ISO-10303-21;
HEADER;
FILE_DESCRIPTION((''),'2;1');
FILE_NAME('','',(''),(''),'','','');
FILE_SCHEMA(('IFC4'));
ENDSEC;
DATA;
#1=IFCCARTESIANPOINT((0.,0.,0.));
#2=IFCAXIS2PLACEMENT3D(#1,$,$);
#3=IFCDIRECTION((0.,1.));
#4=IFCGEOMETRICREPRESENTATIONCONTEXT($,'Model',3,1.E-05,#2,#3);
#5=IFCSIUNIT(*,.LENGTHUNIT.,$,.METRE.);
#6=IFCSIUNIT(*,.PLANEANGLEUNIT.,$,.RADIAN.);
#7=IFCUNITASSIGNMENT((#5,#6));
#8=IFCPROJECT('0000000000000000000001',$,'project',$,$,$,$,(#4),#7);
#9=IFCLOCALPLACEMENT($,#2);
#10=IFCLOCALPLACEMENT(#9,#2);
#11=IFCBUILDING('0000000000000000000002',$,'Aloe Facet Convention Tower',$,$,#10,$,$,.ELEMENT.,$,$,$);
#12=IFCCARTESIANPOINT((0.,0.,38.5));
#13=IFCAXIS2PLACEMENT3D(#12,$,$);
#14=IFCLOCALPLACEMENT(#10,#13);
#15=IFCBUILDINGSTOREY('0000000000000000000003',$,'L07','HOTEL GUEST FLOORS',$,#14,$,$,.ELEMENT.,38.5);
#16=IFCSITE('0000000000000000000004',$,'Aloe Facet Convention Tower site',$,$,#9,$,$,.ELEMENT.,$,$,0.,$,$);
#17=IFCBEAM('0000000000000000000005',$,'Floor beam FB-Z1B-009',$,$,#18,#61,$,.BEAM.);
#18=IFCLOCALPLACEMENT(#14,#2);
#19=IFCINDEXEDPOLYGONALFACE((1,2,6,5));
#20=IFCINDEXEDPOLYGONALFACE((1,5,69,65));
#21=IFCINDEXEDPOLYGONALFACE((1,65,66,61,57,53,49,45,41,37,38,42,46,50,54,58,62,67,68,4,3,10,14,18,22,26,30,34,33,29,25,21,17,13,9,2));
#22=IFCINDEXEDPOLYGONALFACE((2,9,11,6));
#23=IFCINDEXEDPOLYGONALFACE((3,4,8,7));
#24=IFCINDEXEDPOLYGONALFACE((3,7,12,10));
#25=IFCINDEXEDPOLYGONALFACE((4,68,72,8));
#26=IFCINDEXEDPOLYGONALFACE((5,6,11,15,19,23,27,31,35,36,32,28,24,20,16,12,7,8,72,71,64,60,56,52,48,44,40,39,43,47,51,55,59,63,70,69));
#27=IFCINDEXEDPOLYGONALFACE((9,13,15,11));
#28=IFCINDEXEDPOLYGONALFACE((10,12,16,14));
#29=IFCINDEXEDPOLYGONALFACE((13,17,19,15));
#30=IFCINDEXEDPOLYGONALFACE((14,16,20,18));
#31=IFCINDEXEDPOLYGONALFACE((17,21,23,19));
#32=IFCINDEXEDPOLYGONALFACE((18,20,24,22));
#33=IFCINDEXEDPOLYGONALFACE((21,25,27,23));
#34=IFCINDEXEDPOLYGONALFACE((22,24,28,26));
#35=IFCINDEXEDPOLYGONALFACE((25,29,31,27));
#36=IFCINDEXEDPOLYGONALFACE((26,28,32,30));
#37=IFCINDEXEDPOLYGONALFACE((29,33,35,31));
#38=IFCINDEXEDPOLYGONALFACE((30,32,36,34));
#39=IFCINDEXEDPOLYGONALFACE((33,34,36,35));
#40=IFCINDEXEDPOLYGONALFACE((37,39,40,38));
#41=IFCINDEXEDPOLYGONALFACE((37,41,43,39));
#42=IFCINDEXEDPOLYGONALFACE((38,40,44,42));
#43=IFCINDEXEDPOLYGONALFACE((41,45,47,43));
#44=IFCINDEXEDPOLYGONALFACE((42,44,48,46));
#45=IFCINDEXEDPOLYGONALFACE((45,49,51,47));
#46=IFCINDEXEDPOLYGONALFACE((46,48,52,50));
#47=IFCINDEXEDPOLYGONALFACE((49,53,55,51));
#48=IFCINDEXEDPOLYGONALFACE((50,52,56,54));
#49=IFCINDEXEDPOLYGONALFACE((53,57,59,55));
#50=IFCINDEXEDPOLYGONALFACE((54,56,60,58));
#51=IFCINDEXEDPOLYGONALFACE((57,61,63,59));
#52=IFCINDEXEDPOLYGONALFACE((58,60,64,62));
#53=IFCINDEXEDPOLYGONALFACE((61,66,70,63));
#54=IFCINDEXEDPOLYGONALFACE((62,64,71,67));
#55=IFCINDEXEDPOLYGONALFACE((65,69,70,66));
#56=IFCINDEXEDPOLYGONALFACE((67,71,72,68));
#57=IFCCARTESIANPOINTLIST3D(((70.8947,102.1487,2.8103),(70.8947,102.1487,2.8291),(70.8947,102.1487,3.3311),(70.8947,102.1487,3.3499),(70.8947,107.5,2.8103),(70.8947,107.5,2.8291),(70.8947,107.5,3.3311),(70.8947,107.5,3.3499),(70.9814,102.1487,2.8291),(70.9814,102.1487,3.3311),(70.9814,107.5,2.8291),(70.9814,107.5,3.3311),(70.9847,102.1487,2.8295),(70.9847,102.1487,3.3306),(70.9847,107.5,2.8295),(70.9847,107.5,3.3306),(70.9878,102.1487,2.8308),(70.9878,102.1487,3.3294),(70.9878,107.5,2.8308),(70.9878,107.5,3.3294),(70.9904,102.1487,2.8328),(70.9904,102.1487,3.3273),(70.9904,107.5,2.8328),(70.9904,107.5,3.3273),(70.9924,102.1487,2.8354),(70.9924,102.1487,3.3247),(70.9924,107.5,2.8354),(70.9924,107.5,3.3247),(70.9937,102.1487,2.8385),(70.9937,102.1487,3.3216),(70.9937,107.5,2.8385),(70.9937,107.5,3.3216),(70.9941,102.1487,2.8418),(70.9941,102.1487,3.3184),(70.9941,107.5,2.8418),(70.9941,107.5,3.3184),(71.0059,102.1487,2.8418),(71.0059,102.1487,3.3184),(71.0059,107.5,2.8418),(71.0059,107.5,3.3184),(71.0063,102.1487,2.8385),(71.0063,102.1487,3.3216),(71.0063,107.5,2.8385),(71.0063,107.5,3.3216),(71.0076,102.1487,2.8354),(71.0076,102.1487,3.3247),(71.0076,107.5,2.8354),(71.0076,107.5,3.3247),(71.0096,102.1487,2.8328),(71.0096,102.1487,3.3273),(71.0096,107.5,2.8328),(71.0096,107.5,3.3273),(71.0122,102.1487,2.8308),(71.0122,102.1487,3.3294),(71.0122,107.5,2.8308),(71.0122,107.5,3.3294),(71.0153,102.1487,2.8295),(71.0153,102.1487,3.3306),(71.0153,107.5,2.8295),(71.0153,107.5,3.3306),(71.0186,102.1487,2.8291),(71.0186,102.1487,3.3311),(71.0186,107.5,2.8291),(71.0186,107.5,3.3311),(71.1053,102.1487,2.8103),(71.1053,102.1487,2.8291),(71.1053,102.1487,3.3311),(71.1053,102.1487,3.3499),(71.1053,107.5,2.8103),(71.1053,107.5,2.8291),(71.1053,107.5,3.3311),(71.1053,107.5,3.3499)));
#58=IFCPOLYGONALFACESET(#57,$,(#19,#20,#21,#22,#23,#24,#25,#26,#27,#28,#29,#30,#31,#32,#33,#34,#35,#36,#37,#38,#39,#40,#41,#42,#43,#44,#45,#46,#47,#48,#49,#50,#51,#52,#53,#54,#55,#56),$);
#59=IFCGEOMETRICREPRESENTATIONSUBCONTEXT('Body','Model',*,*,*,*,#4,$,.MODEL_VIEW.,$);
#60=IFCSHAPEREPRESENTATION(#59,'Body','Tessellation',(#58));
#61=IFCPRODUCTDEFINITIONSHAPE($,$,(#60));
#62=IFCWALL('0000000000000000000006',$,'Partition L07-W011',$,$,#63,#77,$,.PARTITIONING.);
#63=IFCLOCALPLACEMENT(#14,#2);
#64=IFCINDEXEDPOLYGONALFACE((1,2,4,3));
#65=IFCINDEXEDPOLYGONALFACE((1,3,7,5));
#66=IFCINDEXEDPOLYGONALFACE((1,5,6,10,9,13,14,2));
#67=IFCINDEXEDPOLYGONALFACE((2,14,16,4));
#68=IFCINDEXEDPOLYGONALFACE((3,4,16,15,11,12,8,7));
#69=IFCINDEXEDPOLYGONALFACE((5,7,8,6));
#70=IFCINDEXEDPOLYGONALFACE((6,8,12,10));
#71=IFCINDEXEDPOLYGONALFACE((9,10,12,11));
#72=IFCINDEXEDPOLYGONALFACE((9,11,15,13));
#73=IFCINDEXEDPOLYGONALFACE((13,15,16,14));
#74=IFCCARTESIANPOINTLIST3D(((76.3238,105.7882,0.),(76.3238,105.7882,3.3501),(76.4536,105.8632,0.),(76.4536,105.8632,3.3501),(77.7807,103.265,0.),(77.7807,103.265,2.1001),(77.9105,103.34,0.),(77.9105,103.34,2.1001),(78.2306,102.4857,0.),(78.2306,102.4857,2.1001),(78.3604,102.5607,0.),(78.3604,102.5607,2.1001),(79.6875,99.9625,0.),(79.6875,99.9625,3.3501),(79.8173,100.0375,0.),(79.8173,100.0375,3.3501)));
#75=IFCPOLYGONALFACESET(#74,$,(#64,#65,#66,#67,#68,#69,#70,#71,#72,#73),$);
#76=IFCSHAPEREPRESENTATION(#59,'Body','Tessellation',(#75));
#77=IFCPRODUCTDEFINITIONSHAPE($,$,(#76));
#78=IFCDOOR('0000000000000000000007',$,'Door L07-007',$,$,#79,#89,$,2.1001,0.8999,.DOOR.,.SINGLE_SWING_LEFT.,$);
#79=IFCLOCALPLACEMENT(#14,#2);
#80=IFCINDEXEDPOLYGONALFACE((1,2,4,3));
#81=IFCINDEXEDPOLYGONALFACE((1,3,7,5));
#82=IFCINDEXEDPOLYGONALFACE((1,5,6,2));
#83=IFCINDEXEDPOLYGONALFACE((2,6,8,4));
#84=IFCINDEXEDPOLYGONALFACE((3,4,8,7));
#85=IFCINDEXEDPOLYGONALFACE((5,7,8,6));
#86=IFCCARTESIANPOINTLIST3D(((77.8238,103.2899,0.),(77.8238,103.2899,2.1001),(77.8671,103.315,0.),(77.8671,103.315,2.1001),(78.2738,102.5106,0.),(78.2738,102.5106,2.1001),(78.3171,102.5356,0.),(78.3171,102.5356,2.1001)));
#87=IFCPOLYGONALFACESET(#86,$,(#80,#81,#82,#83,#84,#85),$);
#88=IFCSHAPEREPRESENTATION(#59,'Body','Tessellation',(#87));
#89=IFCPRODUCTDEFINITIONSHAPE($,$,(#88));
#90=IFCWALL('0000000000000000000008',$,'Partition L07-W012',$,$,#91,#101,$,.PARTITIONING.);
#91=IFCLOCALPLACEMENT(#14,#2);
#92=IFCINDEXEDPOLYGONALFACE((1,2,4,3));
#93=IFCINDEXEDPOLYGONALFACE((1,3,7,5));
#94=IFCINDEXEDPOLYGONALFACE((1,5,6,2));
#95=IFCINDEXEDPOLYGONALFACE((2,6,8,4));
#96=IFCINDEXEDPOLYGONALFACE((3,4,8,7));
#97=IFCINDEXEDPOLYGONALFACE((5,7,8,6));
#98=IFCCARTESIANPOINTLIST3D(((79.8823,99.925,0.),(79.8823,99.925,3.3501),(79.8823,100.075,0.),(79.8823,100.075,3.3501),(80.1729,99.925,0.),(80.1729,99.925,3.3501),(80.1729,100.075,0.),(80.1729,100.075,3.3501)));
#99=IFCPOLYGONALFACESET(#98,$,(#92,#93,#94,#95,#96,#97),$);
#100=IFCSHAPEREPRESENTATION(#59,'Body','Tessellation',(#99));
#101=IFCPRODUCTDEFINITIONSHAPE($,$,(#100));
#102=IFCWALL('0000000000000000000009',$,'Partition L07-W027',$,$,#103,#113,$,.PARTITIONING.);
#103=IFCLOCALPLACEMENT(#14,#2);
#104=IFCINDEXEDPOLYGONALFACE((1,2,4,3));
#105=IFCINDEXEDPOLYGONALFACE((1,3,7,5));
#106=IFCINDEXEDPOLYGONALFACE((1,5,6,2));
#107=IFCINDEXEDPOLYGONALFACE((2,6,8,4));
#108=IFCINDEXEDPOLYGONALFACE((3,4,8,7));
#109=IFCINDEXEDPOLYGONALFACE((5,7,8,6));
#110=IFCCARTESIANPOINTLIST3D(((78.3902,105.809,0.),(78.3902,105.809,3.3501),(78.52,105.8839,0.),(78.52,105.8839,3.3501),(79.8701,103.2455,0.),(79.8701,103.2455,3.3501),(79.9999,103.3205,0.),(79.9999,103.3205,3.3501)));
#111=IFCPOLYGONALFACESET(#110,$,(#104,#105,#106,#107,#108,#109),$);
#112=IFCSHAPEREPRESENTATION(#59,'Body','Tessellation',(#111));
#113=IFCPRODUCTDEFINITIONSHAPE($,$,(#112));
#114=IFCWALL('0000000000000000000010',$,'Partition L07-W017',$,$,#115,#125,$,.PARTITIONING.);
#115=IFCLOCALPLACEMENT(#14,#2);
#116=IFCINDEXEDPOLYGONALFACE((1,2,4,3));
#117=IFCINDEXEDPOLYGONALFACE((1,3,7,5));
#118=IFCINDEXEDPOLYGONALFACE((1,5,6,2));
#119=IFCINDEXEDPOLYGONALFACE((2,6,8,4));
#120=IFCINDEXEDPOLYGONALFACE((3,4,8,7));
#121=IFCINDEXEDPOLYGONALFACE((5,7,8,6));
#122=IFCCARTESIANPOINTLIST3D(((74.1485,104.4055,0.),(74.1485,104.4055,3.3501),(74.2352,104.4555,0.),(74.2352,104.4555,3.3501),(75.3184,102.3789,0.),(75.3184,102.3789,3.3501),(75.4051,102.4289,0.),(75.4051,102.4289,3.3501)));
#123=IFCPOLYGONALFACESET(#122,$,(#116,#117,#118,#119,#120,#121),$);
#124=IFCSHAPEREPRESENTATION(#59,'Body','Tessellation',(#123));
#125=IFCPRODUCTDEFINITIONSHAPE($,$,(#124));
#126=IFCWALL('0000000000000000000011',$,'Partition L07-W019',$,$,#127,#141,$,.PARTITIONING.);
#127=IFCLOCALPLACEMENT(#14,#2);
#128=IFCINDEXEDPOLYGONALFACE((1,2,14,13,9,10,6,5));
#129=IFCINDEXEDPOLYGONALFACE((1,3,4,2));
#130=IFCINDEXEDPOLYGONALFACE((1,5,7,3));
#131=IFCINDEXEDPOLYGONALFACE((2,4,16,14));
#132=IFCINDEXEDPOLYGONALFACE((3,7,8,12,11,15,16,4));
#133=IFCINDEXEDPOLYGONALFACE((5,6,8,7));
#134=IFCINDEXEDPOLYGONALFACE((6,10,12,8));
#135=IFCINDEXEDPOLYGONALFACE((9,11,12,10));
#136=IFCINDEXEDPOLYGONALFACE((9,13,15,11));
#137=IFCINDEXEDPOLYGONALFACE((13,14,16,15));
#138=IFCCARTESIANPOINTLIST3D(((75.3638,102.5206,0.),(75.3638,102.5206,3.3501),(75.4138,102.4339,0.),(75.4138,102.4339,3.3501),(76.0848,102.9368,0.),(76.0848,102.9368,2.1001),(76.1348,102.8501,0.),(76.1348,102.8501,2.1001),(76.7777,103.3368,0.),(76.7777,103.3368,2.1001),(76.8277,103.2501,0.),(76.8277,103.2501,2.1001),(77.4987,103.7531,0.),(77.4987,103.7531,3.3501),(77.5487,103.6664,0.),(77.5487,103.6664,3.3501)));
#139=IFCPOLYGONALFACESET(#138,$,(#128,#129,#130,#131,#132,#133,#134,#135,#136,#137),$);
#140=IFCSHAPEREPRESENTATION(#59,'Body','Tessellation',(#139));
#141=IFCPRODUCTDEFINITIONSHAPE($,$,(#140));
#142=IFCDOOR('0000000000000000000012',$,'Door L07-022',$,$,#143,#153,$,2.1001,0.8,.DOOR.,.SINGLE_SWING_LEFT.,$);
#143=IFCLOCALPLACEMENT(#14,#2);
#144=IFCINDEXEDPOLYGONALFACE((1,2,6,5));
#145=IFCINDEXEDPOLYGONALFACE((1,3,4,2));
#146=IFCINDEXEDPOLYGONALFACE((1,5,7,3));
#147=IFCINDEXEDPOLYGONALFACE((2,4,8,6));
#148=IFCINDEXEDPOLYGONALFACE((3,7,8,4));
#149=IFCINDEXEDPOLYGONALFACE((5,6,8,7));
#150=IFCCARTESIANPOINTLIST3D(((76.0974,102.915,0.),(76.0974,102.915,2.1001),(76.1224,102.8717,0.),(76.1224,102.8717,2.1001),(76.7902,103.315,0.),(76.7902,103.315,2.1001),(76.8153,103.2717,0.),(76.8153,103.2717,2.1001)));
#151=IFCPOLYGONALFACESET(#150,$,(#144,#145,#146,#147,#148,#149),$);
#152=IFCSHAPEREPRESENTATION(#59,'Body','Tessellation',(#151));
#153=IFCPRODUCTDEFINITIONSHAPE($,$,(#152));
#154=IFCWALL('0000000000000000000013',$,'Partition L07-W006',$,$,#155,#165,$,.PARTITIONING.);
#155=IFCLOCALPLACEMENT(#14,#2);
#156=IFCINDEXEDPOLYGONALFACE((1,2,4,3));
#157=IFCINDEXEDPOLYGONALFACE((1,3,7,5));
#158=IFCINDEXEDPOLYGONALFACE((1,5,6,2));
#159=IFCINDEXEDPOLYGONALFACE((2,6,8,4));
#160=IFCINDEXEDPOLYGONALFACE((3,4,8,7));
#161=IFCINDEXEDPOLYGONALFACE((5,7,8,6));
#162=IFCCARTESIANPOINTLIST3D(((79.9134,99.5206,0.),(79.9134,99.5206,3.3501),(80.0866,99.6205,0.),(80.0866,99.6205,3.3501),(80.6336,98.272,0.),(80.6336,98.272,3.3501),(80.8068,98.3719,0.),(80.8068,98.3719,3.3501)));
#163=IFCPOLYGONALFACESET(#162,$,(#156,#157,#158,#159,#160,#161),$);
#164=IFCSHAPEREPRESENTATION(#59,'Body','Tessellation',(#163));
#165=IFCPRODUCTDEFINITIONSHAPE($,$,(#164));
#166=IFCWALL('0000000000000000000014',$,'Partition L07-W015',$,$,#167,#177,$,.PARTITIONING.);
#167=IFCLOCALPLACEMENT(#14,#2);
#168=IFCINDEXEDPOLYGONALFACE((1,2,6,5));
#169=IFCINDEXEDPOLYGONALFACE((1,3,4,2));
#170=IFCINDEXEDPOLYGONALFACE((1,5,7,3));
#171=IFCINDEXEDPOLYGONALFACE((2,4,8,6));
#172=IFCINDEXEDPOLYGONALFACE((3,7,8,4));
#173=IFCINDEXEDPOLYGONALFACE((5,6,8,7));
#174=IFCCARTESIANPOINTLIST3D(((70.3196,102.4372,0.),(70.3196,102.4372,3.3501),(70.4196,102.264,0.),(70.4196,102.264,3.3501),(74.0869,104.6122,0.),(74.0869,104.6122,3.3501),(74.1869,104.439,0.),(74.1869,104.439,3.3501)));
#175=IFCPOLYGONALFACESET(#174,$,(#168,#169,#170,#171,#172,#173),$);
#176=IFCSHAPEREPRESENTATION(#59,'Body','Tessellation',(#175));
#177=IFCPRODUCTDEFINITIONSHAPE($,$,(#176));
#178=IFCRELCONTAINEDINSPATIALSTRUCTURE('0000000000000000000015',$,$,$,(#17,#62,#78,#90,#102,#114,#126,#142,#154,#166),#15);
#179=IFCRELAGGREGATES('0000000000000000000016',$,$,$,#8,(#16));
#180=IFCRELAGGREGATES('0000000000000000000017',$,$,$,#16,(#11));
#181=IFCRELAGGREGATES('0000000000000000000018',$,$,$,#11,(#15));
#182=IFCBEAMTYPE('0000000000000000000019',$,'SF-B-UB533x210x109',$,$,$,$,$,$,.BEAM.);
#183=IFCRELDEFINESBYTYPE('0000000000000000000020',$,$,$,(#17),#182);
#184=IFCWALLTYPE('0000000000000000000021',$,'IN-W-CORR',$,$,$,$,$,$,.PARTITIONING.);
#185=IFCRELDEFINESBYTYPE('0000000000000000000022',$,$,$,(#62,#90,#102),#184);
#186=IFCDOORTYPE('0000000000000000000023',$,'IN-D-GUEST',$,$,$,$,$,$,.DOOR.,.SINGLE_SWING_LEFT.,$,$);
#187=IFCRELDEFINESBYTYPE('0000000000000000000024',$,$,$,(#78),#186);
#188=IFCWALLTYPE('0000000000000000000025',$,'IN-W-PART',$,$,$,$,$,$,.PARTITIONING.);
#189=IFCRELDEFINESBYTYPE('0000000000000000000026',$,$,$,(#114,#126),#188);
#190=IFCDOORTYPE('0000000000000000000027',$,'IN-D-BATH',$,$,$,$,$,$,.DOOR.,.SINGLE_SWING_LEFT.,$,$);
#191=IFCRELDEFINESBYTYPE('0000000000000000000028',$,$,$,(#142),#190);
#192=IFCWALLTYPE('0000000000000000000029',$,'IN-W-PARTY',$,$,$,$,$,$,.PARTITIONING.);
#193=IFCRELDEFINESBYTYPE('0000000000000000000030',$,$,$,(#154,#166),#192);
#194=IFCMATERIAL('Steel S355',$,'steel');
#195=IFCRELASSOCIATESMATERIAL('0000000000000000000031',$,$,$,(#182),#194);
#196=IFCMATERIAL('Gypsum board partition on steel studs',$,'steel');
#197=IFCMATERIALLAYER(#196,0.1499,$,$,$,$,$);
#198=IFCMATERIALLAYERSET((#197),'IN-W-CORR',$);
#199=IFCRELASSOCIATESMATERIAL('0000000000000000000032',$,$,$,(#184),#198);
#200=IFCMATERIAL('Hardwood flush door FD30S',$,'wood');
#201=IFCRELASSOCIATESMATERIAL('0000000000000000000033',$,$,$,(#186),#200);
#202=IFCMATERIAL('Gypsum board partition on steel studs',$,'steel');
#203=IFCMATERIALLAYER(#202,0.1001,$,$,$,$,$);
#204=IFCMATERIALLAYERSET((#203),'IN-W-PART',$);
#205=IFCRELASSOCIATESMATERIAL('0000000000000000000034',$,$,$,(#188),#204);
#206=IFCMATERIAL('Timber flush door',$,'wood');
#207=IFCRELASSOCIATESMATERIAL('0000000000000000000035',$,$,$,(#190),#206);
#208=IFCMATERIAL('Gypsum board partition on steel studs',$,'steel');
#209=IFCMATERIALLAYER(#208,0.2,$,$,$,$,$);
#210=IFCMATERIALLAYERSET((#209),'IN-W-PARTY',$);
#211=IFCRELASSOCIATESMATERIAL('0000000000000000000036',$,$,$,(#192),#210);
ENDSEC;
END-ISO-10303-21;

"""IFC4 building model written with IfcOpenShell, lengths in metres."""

from ifc_helpers import new_model, si_unit, direction, frame, frame_2d, origin, origin_2d, place, context, subcontext, project, spatial, rectangle, i_section, extrude, material, layer, layer_set, material_profile, profile_set, type_object, element, fill, save


model = new_model("IFC4")

# Units and contexts
model_context = context("Model", 3, precision=1e-05, world=origin(), true_north=direction((0.0, 1.0)))
body_context = subcontext(model_context, "Body", "Model", "MODEL_VIEW")
ifc_project = project(units=[si_unit("LENGTHUNIT", "METRE"), si_unit("PLANEANGLEUNIT", "RADIAN")], contexts=[model_context])

# Site, building, storey
site_placement = place(None, origin())
site = spatial("IfcSite", under=ifc_project, at=site_placement, Name="Aloe Facet Convention Tower site", CompositionType="ELEMENT", RefElevation=0.0)
building_placement = place(site_placement, origin())
building = spatial("IfcBuilding", under=site, at=building_placement, Name="Aloe Facet Convention Tower", CompositionType="ELEMENT")
storey_placement = place(building_placement, frame((0.0, 0.0, 38.5)))
storey = spatial("IfcBuildingStorey", under=building, at=storey_placement, Name="L07", Description="HOTEL GUEST FLOORS", CompositionType="ELEMENT", Elevation=38.5)

# Beam
ifc_material_1 = material(Name="Steel S355", Category="steel")
ifc_material_profile_1 = material_profile(ifc_material_1, i_section(OverallWidth=0.2107, OverallDepth=0.5396, WebThickness=0.0117, FlangeThickness=0.0188, FilletRadius=0.0127, at=origin_2d()), Name="UB 533x210x109")
ifc_profile_set_1 = profile_set([ifc_material_profile_1], Name="Steel S355")
beam_type_1 = type_object("IfcBeamType", Name="SF-B-UB533x210x109", PredefinedType="BEAM", material=ifc_profile_set_1)
beam_1_placement = place(storey_placement, frame((71.0, 107.5, 3.0801), z_axis=(0.0, -1.0, 0.0), x_axis=(1.0, 0.0, 0.0)))
element("IfcBeam", 1, at=beam_1_placement, inside=storey, type_object=beam_type_1, Name="Floor beam FB-Z1B-009", PredefinedType="BEAM", context=body_context, shape_type="SweptSolid", body=[
    extrude(i_section(OverallWidth=0.2107, OverallDepth=0.5396, WebThickness=0.0117, FlangeThickness=0.0188, FilletRadius=0.0127, at=origin_2d()), origin(), (0.0, 0.0, 1.0), 5.3513),
])

# Wall, opening, door
ifc_material_2 = material(Name="Gypsum board partition on steel studs", Category="steel")
ifc_layer_1 = layer(ifc_material_2, 0.1499)
ifc_layer_set_1 = layer_set([ifc_layer_1], Name="IN-W-CORR")
wall_type_1 = type_object("IfcWallType", Name="IN-W-CORR", PredefinedType="PARTITIONING", material=ifc_layer_set_1)
wall_1_placement = place(storey_placement, frame((76.3887, 105.8257, 0.0), z_axis=(0.0, 0.0, 1.0), x_axis=(0.500035, -0.866005, 0.0)))
wall_1 = element("IfcWall", 2, at=wall_1_placement, inside=storey, type_object=wall_type_1, Name="Partition L07-W011", PredefinedType="PARTITIONING", context=body_context, shape_type="SweptSolid", body=[
    extrude(rectangle(XDim=6.7271, YDim=0.1499, at=frame_2d((3.3635, 0.0))), origin(), (0.0, 0.0, 1.0), 3.3501),
])
opening_1_placement = place(wall_1_placement, frame((2.9136, 0.0, 0.0)))
opening_1 = element("IfcOpeningElement", 3, at=opening_1_placement, cuts=wall_1, PredefinedType="OPENING", context=body_context, shape_type="SweptSolid", body=[
    extrude(rectangle(XDim=0.8999, YDim=2.1001, at=frame_2d((0.45, 1.05))), frame((0.0, 0.085, 0.0), z_axis=(0.0, -1.0, 0.0), x_axis=(1.0, 0.0, 0.0)), (0.0, 0.0, 1.0), 0.1699),
])
ifc_material_3 = material(Name="Hardwood flush door FD30S", Category="wood")
door_type_1 = type_object("IfcDoorType", Name="IN-D-GUEST", OperationType="SINGLE_SWING_LEFT", PredefinedType="DOOR", material=ifc_material_3)
door_1_placement = place(opening_1_placement, origin())
door_1 = element("IfcDoor", 4, at=door_1_placement, inside=storey, type_object=door_type_1, Name="Door L07-007", OperationType="SINGLE_SWING_LEFT", OverallHeight=2.1001, OverallWidth=0.8999, PredefinedType="DOOR", context=body_context, shape_type="SweptSolid", body=[
    extrude(rectangle(XDim=0.8999, YDim=2.1001, at=frame_2d((0.45, 1.05))), frame((0.0, 0.0249, 0.0), z_axis=(0.0, -1.0, 0.0), x_axis=(1.0, 0.0, 0.0)), (0.0, 0.0, 1.0), 0.05),
])
fill(opening_1, door_1)

# Walls
wall_2_placement = place(storey_placement, frame((79.8823, 100.0, 0.0), z_axis=(0.0, 0.0, 1.0), x_axis=(1.0, 0.0, 0.0)))
element("IfcWall", 5, at=wall_2_placement, inside=storey, type_object=wall_type_1, Name="Partition L07-W012", PredefinedType="PARTITIONING", context=body_context, shape_type="SweptSolid", body=[
    extrude(rectangle(XDim=0.2905, YDim=0.1499, at=frame_2d((0.1453, 0.0))), origin(), (0.0, 0.0, 1.0), 3.3501),
])
wall_3_placement = place(storey_placement, frame((78.4551, 105.8464, 0.0), z_axis=(0.0, 0.0, 1.0), x_axis=(0.499989, -0.866032, 0.0)))
element("IfcWall", 6, at=wall_3_placement, inside=storey, type_object=wall_type_1, Name="Partition L07-W027", PredefinedType="PARTITIONING", context=body_context, shape_type="SweptSolid", body=[
    extrude(rectangle(XDim=2.96, YDim=0.1499, at=frame_2d((1.48, 0.0))), origin(), (0.0, 0.0, 1.0), 3.3501),
])
ifc_material_4 = material(Name="Gypsum board partition on steel studs", Category="steel")
ifc_layer_2 = layer(ifc_material_4, 0.1001)
ifc_layer_set_2 = layer_set([ifc_layer_2], Name="IN-W-PART")
wall_type_2 = type_object("IfcWallType", Name="IN-W-PART", PredefinedType="PARTITIONING", material=ifc_layer_set_2)
wall_4_placement = place(storey_placement, frame((74.1919, 104.4304, 0.0), z_axis=(0.0, 0.0, 1.0), x_axis=(0.499954, -0.866052, 0.0)))
element("IfcWall", 7, at=wall_4_placement, inside=storey, type_object=wall_type_2, Name="Partition L07-W017", PredefinedType="PARTITIONING", context=body_context, shape_type="SweptSolid", body=[
    extrude(rectangle(XDim=2.3401, YDim=0.1001, at=frame_2d((1.1699, 0.0))), origin(), (0.0, 0.0, 1.0), 3.3501),
])

# Wall, opening, door
wall_5_placement = place(storey_placement, frame((75.3889, 102.4773, 0.0), z_axis=(0.0, 0.0, 1.0), x_axis=(0.86604, 0.499974, 0.0)))
wall_5 = element("IfcWall", 8, at=wall_5_placement, inside=storey, type_object=wall_type_2, Name="Partition L07-W019", PredefinedType="PARTITIONING", context=body_context, shape_type="SweptSolid", body=[
    extrude(rectangle(XDim=2.4651, YDim=0.1001, at=frame_2d((1.2324, 0.0))), origin(), (0.0, 0.0, 1.0), 3.3501),
])
opening_2_placement = place(wall_5_placement, frame((0.8325, 0.0, 0.0)))
opening_2 = element("IfcOpeningElement", 9, at=opening_2_placement, cuts=wall_5, PredefinedType="OPENING", context=body_context, shape_type="SweptSolid", body=[
    extrude(rectangle(XDim=0.8, YDim=2.1001, at=frame_2d((0.3999, 1.05))), frame((0.0, 0.0601, 0.0), z_axis=(0.0, -1.0, 0.0), x_axis=(1.0, 0.0, 0.0)), (0.0, 0.0, 1.0), 0.1201),
])
ifc_material_5 = material(Name="Timber flush door", Category="wood")
door_type_2 = type_object("IfcDoorType", Name="IN-D-BATH", OperationType="SINGLE_SWING_LEFT", PredefinedType="DOOR", material=ifc_material_5)
door_2_placement = place(opening_2_placement, origin())
door_2 = element("IfcDoor", 10, at=door_2_placement, inside=storey, type_object=door_type_2, Name="Door L07-022", OperationType="SINGLE_SWING_LEFT", OverallHeight=2.1001, OverallWidth=0.8, PredefinedType="DOOR", context=body_context, shape_type="SweptSolid", body=[
    extrude(rectangle(XDim=0.8, YDim=2.1001, at=frame_2d((0.3999, 1.05))), frame((0.0, 0.0249, 0.0), z_axis=(0.0, -1.0, 0.0), x_axis=(1.0, 0.0, 0.0)), (0.0, 0.0, 1.0), 0.05),
])
fill(opening_2, door_2)

# Walls
ifc_material_6 = material(Name="Gypsum board partition on steel studs", Category="steel")
ifc_layer_3 = layer(ifc_material_6, 0.2)
ifc_layer_set_3 = layer_set([ifc_layer_3], Name="IN-W-PARTY")
wall_type_3 = type_object("IfcWallType", Name="IN-W-PARTY", PredefinedType="PARTITIONING", material=ifc_layer_set_3)
wall_6_placement = place(storey_placement, frame((80.0, 99.5706, 0.0), z_axis=(0.0, 0.0, 1.0), x_axis=(0.499674, -0.866214, 0.0)))
element("IfcWall", 11, at=wall_6_placement, inside=storey, type_object=wall_type_3, Name="Partition L07-W006", PredefinedType="PARTITIONING", context=body_context, shape_type="SweptSolid", body=[
    extrude(rectangle(XDim=1.4414, YDim=0.2, at=frame_2d((0.7207, 0.0))), origin(), (0.0, 0.0, 1.0), 3.3501),
])
wall_7_placement = place(storey_placement, frame((70.3696, 102.3506, 0.0), z_axis=(0.0, 0.0, 1.0), x_axis=(0.866028, 0.499996, 0.0)))
element("IfcWall", 12, at=wall_7_placement, inside=storey, type_object=wall_type_3, Name="Partition L07-W015", PredefinedType="PARTITIONING", context=body_context, shape_type="SweptSolid", body=[
    extrude(rectangle(XDim=4.3501, YDim=0.2, at=frame_2d((2.175, 0.0))), origin(), (0.0, 0.0, 1.0), 3.3501),
])

save(model, "model.ifc")
